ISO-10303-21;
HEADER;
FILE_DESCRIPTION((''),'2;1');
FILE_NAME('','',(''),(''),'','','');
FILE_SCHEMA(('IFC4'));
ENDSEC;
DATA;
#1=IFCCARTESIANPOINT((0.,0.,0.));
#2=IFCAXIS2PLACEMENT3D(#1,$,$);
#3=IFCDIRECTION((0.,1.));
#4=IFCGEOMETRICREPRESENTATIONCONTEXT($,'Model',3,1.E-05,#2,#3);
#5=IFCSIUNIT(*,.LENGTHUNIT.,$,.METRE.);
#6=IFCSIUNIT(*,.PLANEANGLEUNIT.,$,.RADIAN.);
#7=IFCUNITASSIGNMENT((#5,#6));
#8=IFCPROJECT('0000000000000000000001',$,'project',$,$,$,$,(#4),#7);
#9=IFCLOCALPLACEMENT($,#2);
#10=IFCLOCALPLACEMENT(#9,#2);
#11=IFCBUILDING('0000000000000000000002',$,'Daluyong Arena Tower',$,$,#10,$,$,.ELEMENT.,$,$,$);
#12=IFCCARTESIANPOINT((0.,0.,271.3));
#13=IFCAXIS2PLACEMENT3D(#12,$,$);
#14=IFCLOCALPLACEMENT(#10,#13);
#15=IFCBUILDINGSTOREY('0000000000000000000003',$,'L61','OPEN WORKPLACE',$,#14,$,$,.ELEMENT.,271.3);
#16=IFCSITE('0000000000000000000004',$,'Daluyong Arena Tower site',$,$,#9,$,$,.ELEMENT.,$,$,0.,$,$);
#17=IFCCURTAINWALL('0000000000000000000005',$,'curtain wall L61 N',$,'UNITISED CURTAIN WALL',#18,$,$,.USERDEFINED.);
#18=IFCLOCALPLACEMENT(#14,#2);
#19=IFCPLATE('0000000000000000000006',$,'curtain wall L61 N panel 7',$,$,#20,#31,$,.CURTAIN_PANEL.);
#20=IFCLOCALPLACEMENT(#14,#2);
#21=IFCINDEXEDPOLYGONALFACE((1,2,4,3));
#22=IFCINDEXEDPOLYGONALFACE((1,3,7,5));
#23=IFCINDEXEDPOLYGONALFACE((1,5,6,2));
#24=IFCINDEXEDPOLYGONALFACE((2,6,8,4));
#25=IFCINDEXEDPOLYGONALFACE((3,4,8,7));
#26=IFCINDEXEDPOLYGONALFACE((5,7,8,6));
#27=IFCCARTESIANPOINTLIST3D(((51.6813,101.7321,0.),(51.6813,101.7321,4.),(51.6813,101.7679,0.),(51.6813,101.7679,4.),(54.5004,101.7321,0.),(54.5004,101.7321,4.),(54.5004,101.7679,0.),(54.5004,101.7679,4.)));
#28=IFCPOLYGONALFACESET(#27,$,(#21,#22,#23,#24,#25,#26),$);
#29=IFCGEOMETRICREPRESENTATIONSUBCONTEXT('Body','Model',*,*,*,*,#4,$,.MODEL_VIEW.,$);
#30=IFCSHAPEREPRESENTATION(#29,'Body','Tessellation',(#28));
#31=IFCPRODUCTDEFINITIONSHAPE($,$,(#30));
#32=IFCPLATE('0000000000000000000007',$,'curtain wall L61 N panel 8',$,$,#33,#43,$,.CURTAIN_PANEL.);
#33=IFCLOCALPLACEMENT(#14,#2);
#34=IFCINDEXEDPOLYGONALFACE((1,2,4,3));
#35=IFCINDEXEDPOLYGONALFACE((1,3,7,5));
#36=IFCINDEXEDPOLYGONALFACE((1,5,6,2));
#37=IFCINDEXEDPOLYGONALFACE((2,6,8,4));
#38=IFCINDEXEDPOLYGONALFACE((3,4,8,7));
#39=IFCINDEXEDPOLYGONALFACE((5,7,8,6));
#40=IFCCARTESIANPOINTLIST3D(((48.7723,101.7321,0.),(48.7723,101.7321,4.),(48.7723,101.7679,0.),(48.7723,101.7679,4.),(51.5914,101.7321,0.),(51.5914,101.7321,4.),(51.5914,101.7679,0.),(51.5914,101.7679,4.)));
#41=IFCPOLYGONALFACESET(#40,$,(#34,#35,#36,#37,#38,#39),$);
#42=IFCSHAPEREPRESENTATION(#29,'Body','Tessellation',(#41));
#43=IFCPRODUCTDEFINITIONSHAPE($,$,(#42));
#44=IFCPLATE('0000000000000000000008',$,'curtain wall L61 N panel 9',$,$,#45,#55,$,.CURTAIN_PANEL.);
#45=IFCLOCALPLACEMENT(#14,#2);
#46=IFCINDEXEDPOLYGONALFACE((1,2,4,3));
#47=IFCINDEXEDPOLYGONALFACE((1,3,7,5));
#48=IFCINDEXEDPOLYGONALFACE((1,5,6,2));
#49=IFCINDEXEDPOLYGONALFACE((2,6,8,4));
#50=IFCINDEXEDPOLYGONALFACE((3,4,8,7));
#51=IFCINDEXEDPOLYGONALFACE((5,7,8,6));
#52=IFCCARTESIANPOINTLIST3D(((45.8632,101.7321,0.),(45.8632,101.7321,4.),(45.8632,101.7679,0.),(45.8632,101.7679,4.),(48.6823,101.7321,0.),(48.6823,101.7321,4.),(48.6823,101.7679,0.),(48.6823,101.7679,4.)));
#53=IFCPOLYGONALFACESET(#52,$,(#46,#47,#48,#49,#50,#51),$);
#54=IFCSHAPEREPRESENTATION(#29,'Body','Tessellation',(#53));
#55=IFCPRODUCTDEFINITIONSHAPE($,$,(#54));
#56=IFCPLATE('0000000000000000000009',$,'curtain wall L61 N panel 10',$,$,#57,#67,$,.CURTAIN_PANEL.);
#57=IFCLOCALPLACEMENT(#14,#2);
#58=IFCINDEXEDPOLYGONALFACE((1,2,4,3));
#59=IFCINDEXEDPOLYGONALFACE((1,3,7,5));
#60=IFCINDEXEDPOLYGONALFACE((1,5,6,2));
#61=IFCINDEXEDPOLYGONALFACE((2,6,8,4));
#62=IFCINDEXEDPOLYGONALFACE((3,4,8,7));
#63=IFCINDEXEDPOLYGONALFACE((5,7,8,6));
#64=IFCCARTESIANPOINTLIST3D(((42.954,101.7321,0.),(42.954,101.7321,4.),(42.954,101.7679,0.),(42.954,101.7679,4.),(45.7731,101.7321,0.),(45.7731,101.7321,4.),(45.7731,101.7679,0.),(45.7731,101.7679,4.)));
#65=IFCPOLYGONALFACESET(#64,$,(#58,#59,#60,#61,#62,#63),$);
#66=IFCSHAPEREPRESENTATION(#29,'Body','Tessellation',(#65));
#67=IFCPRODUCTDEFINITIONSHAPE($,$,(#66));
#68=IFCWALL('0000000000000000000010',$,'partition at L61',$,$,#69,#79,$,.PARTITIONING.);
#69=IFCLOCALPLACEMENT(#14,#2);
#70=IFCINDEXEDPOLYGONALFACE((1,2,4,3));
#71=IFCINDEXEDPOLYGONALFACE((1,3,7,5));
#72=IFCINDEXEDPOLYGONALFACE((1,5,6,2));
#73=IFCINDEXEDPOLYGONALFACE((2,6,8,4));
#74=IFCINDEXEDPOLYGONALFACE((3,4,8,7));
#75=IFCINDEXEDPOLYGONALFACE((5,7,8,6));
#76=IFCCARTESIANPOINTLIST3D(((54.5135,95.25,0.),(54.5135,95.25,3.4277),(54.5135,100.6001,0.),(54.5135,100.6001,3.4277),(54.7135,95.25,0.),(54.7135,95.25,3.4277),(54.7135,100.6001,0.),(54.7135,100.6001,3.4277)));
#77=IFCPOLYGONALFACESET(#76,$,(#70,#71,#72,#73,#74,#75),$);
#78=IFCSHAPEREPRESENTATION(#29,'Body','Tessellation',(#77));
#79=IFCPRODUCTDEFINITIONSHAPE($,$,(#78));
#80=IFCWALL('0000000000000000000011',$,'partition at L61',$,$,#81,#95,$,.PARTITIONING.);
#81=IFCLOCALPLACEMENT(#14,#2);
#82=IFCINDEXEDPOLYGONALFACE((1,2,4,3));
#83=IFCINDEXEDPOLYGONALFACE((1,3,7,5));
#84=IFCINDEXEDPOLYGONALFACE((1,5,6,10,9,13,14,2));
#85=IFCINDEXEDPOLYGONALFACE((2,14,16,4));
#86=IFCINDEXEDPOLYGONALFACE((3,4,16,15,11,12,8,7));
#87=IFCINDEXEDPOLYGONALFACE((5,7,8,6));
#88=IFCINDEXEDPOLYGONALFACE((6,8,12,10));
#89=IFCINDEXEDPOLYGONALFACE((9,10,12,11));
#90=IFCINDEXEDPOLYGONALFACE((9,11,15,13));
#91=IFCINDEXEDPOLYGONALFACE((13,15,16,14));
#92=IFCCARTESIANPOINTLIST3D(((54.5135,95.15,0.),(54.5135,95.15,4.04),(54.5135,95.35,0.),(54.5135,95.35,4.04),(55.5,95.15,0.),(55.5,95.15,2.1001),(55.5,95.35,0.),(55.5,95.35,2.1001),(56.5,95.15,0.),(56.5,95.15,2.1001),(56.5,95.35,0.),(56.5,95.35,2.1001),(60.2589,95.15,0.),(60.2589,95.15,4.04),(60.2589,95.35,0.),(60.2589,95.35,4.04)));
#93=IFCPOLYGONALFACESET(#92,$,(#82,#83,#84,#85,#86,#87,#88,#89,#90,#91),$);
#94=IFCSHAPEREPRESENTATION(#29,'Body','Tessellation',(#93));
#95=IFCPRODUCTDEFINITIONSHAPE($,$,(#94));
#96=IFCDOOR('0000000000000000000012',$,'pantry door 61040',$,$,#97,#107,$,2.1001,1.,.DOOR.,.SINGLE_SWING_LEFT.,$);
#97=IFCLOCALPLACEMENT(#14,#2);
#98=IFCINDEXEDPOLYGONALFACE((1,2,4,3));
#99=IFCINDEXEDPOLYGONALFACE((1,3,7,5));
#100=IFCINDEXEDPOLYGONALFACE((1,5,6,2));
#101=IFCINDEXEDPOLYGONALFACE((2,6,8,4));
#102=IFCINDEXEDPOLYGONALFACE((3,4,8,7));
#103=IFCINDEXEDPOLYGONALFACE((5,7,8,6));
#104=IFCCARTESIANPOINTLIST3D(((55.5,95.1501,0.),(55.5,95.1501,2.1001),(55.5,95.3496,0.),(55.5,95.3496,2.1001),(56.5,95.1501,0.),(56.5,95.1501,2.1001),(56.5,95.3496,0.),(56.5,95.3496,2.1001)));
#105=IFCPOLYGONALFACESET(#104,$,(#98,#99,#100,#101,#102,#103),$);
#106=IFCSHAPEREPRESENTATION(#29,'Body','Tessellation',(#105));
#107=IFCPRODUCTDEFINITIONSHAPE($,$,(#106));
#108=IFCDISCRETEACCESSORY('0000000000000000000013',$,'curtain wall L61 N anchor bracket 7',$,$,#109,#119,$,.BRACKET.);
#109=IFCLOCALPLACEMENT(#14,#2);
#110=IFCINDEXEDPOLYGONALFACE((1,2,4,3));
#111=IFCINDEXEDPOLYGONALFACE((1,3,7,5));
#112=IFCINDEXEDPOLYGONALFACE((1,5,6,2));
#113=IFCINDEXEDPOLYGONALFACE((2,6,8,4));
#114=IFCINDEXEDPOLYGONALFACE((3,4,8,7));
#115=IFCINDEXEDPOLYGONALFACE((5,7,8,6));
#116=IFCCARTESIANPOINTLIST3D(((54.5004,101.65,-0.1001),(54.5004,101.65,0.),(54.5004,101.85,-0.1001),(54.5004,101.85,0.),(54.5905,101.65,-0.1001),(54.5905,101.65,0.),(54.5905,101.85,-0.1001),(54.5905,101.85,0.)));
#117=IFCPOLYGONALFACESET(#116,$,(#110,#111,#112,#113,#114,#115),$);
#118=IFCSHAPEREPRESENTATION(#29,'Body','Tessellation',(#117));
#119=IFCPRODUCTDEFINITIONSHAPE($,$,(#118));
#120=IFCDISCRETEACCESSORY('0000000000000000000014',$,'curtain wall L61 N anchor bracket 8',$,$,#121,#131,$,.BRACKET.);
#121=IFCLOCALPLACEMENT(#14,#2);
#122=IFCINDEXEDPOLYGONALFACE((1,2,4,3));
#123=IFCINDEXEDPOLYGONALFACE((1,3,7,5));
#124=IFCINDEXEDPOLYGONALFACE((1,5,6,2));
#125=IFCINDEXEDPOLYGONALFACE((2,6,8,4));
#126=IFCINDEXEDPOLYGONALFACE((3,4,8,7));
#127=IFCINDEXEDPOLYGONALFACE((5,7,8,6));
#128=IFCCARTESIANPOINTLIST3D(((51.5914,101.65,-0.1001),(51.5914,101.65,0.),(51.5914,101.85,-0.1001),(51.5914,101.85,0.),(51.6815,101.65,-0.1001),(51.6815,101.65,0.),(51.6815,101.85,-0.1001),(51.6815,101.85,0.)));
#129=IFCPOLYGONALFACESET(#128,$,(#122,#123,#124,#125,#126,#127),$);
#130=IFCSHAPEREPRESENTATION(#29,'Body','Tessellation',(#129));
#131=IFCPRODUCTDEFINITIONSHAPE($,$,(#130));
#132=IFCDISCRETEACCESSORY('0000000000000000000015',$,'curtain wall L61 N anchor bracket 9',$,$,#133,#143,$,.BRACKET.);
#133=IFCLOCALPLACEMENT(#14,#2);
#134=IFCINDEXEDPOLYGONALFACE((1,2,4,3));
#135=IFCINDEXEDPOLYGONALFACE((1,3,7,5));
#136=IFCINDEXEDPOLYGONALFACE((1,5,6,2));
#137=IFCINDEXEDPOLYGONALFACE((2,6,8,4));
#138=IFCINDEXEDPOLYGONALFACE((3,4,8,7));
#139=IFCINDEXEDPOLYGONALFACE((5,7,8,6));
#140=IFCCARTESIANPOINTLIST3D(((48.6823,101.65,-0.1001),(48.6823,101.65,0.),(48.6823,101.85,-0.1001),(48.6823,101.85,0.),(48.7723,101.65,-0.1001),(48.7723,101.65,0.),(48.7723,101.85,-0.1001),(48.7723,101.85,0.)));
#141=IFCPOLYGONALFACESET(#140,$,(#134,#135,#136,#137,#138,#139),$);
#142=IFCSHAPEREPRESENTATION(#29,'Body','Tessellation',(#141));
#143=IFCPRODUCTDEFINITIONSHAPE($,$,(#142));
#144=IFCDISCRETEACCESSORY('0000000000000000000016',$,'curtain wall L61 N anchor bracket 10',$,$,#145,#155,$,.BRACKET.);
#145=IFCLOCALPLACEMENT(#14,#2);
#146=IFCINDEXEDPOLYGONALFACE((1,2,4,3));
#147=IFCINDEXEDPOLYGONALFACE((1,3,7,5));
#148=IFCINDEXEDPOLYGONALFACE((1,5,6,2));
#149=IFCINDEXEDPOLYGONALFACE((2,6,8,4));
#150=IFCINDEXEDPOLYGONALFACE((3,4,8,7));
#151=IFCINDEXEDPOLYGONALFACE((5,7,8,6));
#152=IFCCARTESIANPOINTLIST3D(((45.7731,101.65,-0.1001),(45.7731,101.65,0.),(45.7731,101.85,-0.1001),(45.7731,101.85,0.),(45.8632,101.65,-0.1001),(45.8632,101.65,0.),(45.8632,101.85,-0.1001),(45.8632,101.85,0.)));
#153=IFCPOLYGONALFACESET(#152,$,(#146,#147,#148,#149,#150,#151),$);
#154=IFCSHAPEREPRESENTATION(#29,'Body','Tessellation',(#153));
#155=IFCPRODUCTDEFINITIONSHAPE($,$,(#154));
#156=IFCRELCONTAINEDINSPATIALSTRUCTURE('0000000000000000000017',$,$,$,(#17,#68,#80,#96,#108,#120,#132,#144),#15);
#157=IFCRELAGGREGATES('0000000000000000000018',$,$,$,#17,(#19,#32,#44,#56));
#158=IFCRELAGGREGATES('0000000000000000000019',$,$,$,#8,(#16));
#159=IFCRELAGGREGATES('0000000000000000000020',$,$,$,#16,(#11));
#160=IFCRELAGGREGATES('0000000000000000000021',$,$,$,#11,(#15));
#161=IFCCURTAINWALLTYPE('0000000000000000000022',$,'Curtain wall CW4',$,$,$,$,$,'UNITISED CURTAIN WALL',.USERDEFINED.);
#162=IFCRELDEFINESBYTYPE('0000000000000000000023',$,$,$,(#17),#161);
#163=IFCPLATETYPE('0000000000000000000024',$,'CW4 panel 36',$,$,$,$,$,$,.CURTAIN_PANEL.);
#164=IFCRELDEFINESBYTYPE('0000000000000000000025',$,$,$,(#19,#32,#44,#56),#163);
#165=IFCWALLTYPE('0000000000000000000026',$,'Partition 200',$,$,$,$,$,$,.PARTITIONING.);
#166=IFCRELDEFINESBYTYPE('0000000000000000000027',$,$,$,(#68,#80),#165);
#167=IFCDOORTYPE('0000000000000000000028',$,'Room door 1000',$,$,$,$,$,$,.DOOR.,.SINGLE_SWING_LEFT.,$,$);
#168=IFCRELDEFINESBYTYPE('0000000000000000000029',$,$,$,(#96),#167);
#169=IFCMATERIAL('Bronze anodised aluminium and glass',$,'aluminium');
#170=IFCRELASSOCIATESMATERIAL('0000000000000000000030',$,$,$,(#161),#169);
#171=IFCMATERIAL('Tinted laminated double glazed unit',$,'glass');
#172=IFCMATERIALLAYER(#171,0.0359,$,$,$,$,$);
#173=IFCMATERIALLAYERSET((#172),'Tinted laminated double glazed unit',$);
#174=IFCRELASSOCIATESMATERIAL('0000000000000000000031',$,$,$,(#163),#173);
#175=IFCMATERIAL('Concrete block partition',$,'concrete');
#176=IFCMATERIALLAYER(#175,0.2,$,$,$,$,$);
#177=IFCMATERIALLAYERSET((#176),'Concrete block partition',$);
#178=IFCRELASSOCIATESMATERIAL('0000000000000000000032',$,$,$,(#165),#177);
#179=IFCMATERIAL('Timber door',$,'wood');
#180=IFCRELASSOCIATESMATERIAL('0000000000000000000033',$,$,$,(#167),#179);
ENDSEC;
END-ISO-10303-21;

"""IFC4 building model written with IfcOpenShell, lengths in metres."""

from ifc_helpers import new_model, si_unit, direction, frame, frame_2d, origin, origin_2d, place, context, subcontext, project, spatial, rectangle, extrude, material, layer, layer_set, type_object, element, fill, aggregate, save


model = new_model("IFC4")

# Units and contexts
model_context = context("Model", 3, precision=1e-05, world=origin(), true_north=direction((0.0, 1.0)))
body_context = subcontext(model_context, "Body", "Model", "MODEL_VIEW")
ifc_project = project(units=[si_unit("LENGTHUNIT", "METRE"), si_unit("PLANEANGLEUNIT", "RADIAN")], contexts=[model_context])

# Site, building, storey
site_placement = place(None, origin())
site = spatial("IfcSite", under=ifc_project, at=site_placement, Name="Daluyong Arena Tower site", CompositionType="ELEMENT", RefElevation=0.0)
building_placement = place(site_placement, origin())
building = spatial("IfcBuilding", under=site, at=building_placement, Name="Daluyong Arena Tower", CompositionType="ELEMENT")
storey_placement = place(building_placement, frame((0.0, 0.0, 271.3)))
storey = spatial("IfcBuildingStorey", under=building, at=storey_placement, Name="L61", Description="OPEN WORKPLACE", CompositionType="ELEMENT", Elevation=271.3)

# Curtain wall
ifc_material_1 = material(Name="Bronze anodised aluminium and glass", Category="aluminium")
curtain_wall_type = type_object("IfcCurtainWallType", Name="Curtain wall CW4", ElementType="UNITISED CURTAIN WALL", PredefinedType="USERDEFINED", material=ifc_material_1)
curtain_wall_placement = place(storey_placement, origin())
curtain_wall = element("IfcCurtainWall", 1, at=curtain_wall_placement, inside=storey, type_object=curtain_wall_type, Name="curtain wall L61 N", ObjectType="UNITISED CURTAIN WALL", PredefinedType="USERDEFINED")

# Plates
ifc_material_2 = material(Name="Tinted laminated double glazed unit", Category="glass")
ifc_layer_1 = layer(ifc_material_2, 0.0359)
ifc_layer_set_1 = layer_set([ifc_layer_1], Name="Tinted laminated double glazed unit")
plate_type = type_object("IfcPlateType", Name="CW4 panel 36", PredefinedType="CURTAIN_PANEL", material=ifc_layer_set_1)
plate_1_placement = place(storey_placement, frame((53.0908, 101.75, 0.0), z_axis=(0.0, 0.0, 1.0), x_axis=(-1.0, 0.0, 0.0)))
plate_1 = element("IfcPlate", 2, at=plate_1_placement, type_object=plate_type, Name="curtain wall L61 N panel 7", PredefinedType="CURTAIN_PANEL", context=body_context, shape_type="SweptSolid", body=[
    extrude(rectangle(XDim=2.8191, YDim=0.0359, at=origin_2d()), origin(), (0.0, 0.0, 1.0), 4.0),
])
plate_2_placement = place(storey_placement, frame((50.1819, 101.75, 0.0), z_axis=(0.0, 0.0, 1.0), x_axis=(-1.0, 0.0, 0.0)))
plate_2 = element("IfcPlate", 3, at=plate_2_placement, type_object=plate_type, Name="curtain wall L61 N panel 8", PredefinedType="CURTAIN_PANEL", context=body_context, shape_type="SweptSolid", body=[
    extrude(rectangle(XDim=2.8191, YDim=0.0359, at=origin_2d()), origin(), (0.0, 0.0, 1.0), 4.0),
])
plate_3_placement = place(storey_placement, frame((47.2727, 101.75, 0.0), z_axis=(0.0, 0.0, 1.0), x_axis=(-1.0, 0.0, 0.0)))
plate_3 = element("IfcPlate", 4, at=plate_3_placement, type_object=plate_type, Name="curtain wall L61 N panel 9", PredefinedType="CURTAIN_PANEL", context=body_context, shape_type="SweptSolid", body=[
    extrude(rectangle(XDim=2.8191, YDim=0.0359, at=origin_2d()), origin(), (0.0, 0.0, 1.0), 4.0),
])
plate_4_placement = place(storey_placement, frame((44.3635, 101.75, 0.0), z_axis=(0.0, 0.0, 1.0), x_axis=(-1.0, 0.0, 0.0)))
plate_4 = element("IfcPlate", 5, at=plate_4_placement, type_object=plate_type, Name="curtain wall L61 N panel 10", PredefinedType="CURTAIN_PANEL", context=body_context, shape_type="SweptSolid", body=[
    extrude(rectangle(XDim=2.8191, YDim=0.0359, at=origin_2d()), origin(), (0.0, 0.0, 1.0), 4.0),
])
aggregate(curtain_wall, [plate_1, plate_2, plate_3, plate_4])

# Wall
ifc_material_3 = material(Name="Concrete block partition", Category="concrete")
ifc_layer_2 = layer(ifc_material_3, 0.2)
ifc_layer_set_2 = layer_set([ifc_layer_2], Name="Concrete block partition")
wall_type = type_object("IfcWallType", Name="Partition 200", PredefinedType="PARTITIONING", material=ifc_layer_set_2)
wall_1_placement = place(storey_placement, frame((54.6135, 95.25, 0.0), z_axis=(0.0, 0.0, 1.0), x_axis=(0.0, 1.0, 0.0)))
element("IfcWall", 6, at=wall_1_placement, inside=storey, type_object=wall_type, Name="partition at L61", PredefinedType="PARTITIONING", context=body_context, shape_type="SweptSolid", body=[
    extrude(rectangle(XDim=5.3501, YDim=0.2, at=frame_2d((2.675, 0.0))), origin(), (0.0, 0.0, 1.0), 3.4277),
])

# Wall, opening, door
wall_2_placement = place(storey_placement, frame((54.5137, 95.25, 0.0), z_axis=(0.0, 0.0, 1.0), x_axis=(1.0, 0.0, 0.0)))
wall_2 = element("IfcWall", 7, at=wall_2_placement, inside=storey, type_object=wall_type, Name="partition at L61", PredefinedType="PARTITIONING", context=body_context, shape_type="SweptSolid", body=[
    extrude(rectangle(XDim=5.7454, YDim=0.2, at=frame_2d((2.8726, 0.0))), origin(), (0.0, 0.0, 1.0), 4.04),
])
opening_placement = place(wall_2_placement, frame((0.9863, 0.0, 0.0)))
opening = element("IfcOpeningElement", 8, at=opening_placement, cuts=wall_2, PredefinedType="OPENING", context=body_context, shape_type="SweptSolid", body=[
    extrude(rectangle(XDim=1.0, YDim=2.1001, at=frame_2d((0.5, 1.05))), frame((0.0, 0.1099, 0.0), z_axis=(0.0, -1.0, 0.0), x_axis=(1.0, 0.0, 0.0)), (0.0, 0.0, 1.0), 0.22),
])
ifc_material_4 = material(Name="Timber door", Category="wood")
door_type = type_object("IfcDoorType", Name="Room door 1000", OperationType="SINGLE_SWING_LEFT", PredefinedType="DOOR", material=ifc_material_4)
door_placement = place(opening_placement, origin())
door = element("IfcDoor", 9, at=door_placement, inside=storey, type_object=door_type, Name="pantry door 61040", OperationType="SINGLE_SWING_LEFT", OverallHeight=2.1001, OverallWidth=1.0, PredefinedType="DOOR", context=body_context, shape_type="SweptSolid", body=[
    extrude(rectangle(XDim=1.0, YDim=2.1001, at=frame_2d((0.5, 1.05))), frame((0.0, 0.0996, 0.0), z_axis=(0.0, -1.0, 0.0), x_axis=(1.0, 0.0, 0.0)), (0.0, 0.0, 1.0), 0.1995),
])
fill(opening, door)

# Discrete accessories
for number, where, z_axis, x_axis, name in (
    (10, (54.5454, 101.75, -0.1001), (0.0, 0.0, 1.0), (-1.0, 0.0, 0.0), "curtain wall L61 N anchor bracket 7"),
    (11, (51.6365, 101.75, -0.1001), (0.0, 0.0, 1.0), (-1.0, 0.0, 0.0), "curtain wall L61 N anchor bracket 8"),
    (12, (48.7273, 101.75, -0.1001), (0.0, 0.0, 1.0), (-1.0, 0.0, 0.0), "curtain wall L61 N anchor bracket 9"),
    (13, (45.8181, 101.75, -0.1001), (0.0, 0.0, 1.0), (-1.0, 0.0, 0.0), "curtain wall L61 N anchor bracket 10"),
):
    element("IfcDiscreteAccessory", number, at=place(storey_placement, frame(where, z_axis=z_axis, x_axis=x_axis)), inside=storey, Name=name, PredefinedType="BRACKET", context=body_context, shape_type="SweptSolid", body=[
        extrude(rectangle(XDim=0.0901, YDim=0.2, at=origin_2d()), origin(), (0.0, 0.0, 1.0), 0.1001),
    ])

save(model, "model.ifc")
